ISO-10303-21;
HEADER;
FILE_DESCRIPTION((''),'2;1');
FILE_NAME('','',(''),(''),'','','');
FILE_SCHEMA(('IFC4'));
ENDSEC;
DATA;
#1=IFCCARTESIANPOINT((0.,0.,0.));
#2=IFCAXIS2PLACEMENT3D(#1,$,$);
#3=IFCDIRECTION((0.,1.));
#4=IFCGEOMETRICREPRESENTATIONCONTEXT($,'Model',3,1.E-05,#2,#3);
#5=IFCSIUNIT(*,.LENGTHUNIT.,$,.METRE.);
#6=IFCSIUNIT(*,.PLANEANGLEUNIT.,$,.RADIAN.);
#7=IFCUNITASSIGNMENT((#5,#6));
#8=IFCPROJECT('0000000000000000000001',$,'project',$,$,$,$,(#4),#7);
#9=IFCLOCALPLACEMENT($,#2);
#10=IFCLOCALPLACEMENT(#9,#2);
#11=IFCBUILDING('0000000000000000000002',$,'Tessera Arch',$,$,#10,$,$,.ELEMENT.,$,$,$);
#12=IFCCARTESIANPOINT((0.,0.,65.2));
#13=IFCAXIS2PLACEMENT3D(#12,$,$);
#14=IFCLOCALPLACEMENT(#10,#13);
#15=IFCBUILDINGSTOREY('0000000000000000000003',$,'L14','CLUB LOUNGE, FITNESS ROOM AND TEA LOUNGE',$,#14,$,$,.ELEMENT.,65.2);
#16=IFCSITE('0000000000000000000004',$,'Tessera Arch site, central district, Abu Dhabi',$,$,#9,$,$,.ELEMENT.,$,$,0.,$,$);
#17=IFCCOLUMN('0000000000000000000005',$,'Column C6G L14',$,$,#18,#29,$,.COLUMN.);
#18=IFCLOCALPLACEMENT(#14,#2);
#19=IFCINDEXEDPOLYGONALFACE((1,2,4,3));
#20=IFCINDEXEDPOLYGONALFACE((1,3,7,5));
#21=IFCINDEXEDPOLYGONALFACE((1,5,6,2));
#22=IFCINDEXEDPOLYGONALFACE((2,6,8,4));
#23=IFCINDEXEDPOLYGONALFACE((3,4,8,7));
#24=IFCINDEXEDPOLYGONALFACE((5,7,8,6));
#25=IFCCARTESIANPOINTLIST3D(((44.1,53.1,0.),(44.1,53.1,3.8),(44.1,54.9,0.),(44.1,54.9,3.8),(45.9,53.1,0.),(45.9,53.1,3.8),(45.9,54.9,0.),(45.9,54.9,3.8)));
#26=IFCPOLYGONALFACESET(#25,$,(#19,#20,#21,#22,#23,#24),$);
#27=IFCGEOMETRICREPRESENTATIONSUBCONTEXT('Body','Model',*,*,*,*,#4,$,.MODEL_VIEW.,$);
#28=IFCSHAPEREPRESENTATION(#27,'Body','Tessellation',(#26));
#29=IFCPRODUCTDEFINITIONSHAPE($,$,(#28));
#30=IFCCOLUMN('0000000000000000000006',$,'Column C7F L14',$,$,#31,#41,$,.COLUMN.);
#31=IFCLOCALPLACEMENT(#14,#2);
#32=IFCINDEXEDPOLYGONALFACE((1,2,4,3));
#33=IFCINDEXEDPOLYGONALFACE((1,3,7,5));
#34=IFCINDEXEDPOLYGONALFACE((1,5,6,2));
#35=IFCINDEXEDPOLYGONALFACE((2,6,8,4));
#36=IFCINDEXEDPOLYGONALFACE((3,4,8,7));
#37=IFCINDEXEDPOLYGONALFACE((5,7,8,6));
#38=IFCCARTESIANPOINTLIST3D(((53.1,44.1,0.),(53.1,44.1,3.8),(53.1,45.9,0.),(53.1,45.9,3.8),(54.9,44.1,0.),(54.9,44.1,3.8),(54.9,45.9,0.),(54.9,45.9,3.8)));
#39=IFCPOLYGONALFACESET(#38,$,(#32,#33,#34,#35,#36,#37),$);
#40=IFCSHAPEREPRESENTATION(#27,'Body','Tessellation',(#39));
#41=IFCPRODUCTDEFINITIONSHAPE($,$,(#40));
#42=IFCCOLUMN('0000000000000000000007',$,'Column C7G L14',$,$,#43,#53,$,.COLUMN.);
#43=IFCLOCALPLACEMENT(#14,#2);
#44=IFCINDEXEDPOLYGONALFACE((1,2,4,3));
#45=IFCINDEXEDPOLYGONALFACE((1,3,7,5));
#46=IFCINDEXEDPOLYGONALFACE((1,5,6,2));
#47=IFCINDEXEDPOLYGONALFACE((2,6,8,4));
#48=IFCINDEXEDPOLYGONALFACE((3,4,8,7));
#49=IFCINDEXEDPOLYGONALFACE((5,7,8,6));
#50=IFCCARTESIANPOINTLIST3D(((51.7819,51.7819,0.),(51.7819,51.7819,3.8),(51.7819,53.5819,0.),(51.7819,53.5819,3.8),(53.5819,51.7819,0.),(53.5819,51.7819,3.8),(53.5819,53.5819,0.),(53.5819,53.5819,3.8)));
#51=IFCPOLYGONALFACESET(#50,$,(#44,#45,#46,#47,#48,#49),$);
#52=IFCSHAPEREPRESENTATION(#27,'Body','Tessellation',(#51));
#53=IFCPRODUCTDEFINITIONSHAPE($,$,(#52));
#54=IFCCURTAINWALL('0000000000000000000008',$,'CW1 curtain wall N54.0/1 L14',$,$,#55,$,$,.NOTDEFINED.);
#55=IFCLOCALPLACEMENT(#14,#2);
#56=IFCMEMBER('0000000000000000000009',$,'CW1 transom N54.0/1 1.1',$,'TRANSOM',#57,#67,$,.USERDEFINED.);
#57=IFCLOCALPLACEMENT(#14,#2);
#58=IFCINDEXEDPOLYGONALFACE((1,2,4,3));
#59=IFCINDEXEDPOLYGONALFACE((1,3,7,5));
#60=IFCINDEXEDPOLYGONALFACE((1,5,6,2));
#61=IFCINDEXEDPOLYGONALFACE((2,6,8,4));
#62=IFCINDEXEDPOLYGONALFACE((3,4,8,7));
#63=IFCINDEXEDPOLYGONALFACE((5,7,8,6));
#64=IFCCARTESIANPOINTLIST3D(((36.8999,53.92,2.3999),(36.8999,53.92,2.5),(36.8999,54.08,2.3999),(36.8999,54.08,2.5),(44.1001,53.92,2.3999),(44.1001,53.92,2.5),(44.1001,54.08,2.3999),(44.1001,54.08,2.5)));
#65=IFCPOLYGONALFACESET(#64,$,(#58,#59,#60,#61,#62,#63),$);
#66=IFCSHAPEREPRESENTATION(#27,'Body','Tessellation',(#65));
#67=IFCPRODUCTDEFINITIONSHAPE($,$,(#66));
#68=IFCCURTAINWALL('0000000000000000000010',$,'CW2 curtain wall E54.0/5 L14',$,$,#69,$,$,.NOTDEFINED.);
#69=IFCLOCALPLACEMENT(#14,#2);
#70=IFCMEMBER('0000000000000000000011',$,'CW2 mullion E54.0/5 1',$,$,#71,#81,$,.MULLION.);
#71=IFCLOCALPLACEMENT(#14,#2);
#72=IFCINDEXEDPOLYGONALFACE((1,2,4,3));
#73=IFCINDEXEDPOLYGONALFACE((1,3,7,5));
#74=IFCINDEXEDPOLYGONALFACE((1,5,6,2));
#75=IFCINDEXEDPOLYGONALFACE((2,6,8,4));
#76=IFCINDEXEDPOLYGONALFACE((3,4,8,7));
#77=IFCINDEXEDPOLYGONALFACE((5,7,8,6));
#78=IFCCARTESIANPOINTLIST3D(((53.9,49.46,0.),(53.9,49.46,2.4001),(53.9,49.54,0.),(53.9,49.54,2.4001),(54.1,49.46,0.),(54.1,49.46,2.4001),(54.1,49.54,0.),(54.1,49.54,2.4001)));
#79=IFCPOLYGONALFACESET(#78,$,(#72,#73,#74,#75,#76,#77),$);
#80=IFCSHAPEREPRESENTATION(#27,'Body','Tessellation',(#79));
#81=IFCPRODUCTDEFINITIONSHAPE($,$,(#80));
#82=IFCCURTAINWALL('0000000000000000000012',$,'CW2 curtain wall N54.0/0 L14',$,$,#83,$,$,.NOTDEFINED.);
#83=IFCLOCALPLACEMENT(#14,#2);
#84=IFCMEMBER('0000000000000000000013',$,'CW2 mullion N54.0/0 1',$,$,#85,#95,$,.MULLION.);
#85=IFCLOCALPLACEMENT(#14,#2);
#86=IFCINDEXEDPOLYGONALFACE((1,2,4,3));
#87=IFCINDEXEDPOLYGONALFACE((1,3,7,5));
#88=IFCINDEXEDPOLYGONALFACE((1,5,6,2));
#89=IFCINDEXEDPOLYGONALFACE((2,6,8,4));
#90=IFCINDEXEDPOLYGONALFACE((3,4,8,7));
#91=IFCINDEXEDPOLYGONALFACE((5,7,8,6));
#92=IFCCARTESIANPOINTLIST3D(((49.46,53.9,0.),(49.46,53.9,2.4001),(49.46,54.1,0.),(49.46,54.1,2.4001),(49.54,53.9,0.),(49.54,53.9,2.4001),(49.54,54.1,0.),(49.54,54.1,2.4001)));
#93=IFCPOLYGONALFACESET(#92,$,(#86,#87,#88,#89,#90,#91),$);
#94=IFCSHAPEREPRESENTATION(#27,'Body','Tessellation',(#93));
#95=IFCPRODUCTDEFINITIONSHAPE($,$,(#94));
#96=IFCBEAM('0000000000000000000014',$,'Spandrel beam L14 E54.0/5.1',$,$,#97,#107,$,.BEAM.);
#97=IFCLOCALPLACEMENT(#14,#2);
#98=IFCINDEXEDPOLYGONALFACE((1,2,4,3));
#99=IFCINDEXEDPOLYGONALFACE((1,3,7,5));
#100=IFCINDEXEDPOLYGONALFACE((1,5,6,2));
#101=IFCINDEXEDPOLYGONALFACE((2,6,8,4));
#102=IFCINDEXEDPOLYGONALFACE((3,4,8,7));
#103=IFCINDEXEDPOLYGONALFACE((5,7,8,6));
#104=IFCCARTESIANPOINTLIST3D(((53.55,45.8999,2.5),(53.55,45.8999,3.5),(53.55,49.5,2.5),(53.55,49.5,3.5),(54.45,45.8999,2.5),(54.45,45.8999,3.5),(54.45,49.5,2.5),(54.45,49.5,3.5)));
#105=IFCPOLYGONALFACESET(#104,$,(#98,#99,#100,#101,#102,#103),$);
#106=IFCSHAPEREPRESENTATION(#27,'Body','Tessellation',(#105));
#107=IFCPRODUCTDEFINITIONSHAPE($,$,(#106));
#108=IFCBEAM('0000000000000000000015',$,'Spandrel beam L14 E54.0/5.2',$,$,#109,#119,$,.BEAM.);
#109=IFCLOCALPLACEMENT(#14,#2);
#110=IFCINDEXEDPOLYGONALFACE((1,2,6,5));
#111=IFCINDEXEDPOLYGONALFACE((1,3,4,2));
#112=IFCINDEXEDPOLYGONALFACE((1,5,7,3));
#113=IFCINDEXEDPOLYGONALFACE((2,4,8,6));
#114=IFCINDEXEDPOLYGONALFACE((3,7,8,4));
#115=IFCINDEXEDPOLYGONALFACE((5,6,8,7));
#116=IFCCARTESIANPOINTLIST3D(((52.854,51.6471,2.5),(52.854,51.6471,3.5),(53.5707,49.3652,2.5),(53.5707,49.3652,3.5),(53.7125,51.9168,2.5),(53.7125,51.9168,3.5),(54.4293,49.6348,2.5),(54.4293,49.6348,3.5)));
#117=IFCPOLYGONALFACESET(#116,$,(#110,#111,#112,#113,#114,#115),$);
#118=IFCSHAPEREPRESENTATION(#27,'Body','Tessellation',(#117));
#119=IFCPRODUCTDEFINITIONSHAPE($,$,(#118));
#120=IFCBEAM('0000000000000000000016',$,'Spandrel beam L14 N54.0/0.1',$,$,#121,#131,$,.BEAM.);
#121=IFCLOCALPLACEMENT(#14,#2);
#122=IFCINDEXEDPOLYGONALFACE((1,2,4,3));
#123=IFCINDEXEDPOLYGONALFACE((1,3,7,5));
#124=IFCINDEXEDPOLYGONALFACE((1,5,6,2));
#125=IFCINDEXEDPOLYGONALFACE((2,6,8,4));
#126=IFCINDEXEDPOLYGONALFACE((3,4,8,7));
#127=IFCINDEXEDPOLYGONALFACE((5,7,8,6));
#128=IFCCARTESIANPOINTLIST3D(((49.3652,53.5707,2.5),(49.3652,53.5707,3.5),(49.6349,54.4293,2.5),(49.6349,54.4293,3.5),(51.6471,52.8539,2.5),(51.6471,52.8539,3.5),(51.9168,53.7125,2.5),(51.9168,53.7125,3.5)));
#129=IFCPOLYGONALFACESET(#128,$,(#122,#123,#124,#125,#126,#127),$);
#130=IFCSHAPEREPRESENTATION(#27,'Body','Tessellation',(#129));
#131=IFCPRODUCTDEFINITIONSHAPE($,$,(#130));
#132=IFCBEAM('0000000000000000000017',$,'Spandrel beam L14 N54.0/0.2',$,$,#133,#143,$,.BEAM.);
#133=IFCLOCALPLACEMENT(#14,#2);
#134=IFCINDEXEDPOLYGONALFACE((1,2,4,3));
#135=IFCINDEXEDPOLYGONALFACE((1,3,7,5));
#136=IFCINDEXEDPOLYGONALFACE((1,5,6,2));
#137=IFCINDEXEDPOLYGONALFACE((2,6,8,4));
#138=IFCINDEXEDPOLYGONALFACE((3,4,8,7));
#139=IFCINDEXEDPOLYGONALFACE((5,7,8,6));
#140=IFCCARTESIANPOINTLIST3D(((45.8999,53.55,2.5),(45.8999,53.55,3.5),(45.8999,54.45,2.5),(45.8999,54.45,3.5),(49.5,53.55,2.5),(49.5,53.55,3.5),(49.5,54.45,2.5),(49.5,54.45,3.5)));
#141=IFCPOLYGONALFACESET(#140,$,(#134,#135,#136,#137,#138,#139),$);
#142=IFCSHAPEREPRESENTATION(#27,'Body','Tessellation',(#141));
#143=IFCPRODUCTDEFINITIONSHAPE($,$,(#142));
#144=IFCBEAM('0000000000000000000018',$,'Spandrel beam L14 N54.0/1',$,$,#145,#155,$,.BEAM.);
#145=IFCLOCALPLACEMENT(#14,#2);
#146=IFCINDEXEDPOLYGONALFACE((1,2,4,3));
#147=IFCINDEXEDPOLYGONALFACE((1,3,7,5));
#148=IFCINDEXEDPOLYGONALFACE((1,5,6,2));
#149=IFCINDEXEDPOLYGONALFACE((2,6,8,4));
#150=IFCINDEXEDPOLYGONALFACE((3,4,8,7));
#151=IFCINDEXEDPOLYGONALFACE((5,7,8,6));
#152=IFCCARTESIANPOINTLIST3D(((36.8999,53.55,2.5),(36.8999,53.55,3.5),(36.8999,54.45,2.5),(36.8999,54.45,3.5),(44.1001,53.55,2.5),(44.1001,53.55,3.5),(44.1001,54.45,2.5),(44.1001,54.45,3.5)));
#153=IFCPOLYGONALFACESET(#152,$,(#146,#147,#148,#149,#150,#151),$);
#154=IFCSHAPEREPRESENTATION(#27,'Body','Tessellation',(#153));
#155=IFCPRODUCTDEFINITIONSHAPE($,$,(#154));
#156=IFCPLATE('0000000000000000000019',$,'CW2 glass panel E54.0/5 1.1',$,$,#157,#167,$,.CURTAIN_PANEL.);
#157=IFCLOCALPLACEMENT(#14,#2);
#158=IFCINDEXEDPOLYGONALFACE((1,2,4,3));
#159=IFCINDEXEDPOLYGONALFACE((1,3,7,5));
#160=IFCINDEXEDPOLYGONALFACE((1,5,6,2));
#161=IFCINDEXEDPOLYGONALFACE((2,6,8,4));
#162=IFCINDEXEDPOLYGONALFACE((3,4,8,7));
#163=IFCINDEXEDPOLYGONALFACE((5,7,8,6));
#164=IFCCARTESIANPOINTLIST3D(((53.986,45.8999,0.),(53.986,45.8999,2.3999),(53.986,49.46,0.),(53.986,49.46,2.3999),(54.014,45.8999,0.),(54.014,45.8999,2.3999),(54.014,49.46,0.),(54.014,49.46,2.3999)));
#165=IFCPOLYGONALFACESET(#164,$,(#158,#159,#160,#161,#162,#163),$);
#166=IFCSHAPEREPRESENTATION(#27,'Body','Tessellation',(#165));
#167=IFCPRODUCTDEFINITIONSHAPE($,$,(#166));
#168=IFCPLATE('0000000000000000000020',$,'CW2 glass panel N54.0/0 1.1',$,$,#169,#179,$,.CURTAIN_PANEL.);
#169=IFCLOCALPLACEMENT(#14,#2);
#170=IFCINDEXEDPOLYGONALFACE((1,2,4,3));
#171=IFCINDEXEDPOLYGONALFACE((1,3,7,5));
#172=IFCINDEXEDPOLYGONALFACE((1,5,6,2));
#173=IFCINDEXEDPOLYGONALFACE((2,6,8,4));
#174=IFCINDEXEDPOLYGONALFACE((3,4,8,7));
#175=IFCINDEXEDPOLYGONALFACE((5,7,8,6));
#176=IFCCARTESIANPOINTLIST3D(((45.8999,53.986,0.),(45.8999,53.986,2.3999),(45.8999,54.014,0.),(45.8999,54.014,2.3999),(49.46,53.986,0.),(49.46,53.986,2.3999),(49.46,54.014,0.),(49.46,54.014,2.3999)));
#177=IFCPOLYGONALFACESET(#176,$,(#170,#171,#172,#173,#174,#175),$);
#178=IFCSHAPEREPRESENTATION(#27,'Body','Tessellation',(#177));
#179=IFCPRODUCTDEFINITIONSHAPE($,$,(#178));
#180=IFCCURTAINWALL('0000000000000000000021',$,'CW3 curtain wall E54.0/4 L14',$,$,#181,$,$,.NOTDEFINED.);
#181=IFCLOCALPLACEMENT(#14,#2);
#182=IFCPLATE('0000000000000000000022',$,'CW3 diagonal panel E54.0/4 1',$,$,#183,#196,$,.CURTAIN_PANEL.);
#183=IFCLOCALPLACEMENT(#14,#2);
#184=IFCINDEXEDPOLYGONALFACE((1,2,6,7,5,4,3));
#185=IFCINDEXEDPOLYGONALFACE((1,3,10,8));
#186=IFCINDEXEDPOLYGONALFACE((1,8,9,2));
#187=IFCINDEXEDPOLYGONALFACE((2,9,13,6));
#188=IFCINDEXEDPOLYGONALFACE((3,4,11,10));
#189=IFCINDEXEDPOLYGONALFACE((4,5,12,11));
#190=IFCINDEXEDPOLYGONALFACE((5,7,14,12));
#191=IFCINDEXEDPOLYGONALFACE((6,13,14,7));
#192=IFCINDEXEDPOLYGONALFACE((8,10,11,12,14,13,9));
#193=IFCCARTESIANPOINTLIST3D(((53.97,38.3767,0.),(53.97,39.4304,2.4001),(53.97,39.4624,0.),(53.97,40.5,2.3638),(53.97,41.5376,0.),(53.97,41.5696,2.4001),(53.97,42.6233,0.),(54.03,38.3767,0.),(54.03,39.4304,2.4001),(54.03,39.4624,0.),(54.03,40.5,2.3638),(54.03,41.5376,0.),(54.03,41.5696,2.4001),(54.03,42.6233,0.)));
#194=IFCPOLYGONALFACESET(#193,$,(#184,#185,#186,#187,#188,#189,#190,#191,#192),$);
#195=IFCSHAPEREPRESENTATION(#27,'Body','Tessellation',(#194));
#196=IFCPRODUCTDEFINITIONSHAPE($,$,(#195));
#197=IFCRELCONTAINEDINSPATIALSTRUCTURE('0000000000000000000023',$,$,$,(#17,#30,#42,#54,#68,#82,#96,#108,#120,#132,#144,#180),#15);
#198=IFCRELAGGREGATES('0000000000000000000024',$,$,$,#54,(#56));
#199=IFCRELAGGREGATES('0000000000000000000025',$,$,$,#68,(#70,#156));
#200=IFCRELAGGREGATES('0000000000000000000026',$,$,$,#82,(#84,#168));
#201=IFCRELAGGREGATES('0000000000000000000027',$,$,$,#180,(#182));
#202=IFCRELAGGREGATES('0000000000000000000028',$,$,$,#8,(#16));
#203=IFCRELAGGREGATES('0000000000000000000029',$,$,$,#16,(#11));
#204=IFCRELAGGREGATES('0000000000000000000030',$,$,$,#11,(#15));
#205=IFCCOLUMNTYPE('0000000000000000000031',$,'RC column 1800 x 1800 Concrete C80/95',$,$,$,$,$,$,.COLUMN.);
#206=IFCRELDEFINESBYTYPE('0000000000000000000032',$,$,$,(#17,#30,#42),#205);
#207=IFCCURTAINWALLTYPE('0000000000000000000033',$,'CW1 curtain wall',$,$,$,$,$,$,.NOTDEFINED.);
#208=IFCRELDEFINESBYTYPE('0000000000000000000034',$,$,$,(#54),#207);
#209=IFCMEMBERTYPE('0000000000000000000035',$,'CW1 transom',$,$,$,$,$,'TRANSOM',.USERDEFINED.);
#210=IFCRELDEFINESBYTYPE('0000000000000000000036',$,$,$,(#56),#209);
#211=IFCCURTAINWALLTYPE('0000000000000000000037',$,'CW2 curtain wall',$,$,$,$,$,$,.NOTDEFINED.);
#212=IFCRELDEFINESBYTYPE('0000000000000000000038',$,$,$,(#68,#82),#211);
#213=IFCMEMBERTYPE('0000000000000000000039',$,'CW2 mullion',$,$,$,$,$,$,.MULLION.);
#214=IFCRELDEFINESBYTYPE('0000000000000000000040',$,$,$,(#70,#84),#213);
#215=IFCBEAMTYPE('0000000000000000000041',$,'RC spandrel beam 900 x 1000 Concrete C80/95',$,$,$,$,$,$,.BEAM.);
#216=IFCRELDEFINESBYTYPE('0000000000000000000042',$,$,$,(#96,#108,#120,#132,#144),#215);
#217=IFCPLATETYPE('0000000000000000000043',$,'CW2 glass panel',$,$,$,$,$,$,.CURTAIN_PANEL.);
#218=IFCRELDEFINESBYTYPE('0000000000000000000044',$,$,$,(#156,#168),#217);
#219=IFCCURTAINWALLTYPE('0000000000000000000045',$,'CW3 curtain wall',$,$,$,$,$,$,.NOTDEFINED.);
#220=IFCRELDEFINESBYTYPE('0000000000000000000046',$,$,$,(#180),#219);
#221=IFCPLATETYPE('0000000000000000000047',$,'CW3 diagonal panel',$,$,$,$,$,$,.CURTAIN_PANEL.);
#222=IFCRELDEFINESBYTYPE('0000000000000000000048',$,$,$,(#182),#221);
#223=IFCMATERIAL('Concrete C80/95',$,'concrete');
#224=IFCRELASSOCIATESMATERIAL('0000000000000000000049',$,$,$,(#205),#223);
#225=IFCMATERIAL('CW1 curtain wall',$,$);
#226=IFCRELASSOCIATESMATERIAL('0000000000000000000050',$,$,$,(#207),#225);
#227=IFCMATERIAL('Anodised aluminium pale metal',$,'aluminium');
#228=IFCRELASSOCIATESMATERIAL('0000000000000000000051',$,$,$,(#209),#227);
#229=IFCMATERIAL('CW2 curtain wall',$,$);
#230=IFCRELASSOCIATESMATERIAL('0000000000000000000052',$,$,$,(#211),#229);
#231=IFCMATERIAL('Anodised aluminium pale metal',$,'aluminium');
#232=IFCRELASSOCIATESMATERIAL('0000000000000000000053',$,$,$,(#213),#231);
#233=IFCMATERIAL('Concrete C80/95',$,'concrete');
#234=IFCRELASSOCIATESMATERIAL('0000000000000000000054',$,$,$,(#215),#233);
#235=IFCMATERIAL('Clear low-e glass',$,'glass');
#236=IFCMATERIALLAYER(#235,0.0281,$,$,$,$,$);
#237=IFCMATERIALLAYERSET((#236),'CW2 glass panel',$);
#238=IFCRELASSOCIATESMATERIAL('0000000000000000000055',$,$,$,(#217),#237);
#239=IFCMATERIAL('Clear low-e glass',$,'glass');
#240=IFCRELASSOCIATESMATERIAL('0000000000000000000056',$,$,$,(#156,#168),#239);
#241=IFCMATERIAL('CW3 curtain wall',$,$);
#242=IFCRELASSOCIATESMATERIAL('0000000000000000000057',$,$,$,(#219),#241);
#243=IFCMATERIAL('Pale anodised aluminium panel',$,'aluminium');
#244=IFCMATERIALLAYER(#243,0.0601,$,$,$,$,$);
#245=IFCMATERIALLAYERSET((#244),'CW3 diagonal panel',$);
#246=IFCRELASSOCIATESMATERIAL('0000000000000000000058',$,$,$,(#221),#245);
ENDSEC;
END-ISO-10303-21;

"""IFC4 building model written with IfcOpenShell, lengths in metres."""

from ifc_helpers import new_model, si_unit, direction, frame, origin, origin_2d, place, context, subcontext, project, spatial, polyline, rectangle, outline, extrude, material, layer, layer_set, material_profile, profile_set, type_object, element, aggregate, save


model = new_model("IFC4")

# Units and contexts
model_context = context("Model", 3, precision=1e-05, world=origin(), true_north=direction((0.0, 1.0)))
body_context = subcontext(model_context, "Body", "Model", "MODEL_VIEW")
ifc_project = project(units=[si_unit("LENGTHUNIT", "METRE"), si_unit("PLANEANGLEUNIT", "RADIAN")], contexts=[model_context])

# Site, building, storey
site_placement = place(None, origin())
site = spatial("IfcSite", under=ifc_project, at=site_placement, Name="Tessera Arch site, central district, Abu Dhabi", CompositionType="ELEMENT", RefElevation=0.0)
building_placement = place(site_placement, origin())
building = spatial("IfcBuilding", under=site, at=building_placement, Name="Tessera Arch", CompositionType="ELEMENT")
storey_placement = place(building_placement, frame((0.0, 0.0, 65.2)))
storey = spatial("IfcBuildingStorey", under=building, at=storey_placement, Name="L14", Description="CLUB LOUNGE, FITNESS ROOM AND TEA LOUNGE", CompositionType="ELEMENT", Elevation=65.2)

# Columns
ifc_material_1 = material(Name="Concrete C80/95", Category="concrete")
ifc_material_profile_1 = material_profile(ifc_material_1, rectangle(XDim=1.8, YDim=1.8, at=origin_2d()), Name="RC column 1800 x 1800 Concrete C80/95")
ifc_profile_set_1 = profile_set([ifc_material_profile_1], Name="Concrete C80/95")
column_type = type_object("IfcColumnType", Name="RC column 1800 x 1800 Concrete C80/95", PredefinedType="COLUMN", material=ifc_profile_set_1)
for number, where, z_axis, x_axis, name in (
    (1, (45.0, 54.0, 0.0), (0.0, 0.0, 1.0), (1.0, 0.0, 0.0), "Column C6G L14"),
    (2, (54.0, 45.0, 0.0), (0.0, 0.0, 1.0), (1.0, 0.0, 0.0), "Column C7F L14"),
    (3, (52.6819, 52.6819, 0.0), (0.0, 0.0, 1.0), (1.0, 0.0, 0.0), "Column C7G L14"),
):
    element("IfcColumn", number, at=place(storey_placement, frame(where, z_axis=z_axis, x_axis=x_axis)), inside=storey, type_object=column_type, Name=name, PredefinedType="COLUMN", context=body_context, shape_type="SweptSolid", body=[
        extrude(rectangle(XDim=1.8, YDim=1.8, at=origin_2d()), origin(), (0.0, 0.0, 1.0), 3.8),
    ])

# Curtain walls, members
ifc_material_2 = material(Name="CW1 curtain wall")
curtain_wall_type_1 = type_object("IfcCurtainWallType", Name="CW1 curtain wall", PredefinedType="NOTDEFINED", material=ifc_material_2)
curtain_wall_1_placement = place(storey_placement, origin())
curtain_wall_1 = element("IfcCurtainWall", 4, at=curtain_wall_1_placement, inside=storey, type_object=curtain_wall_type_1, Name="CW1 curtain wall N54.0/1 L14", PredefinedType="NOTDEFINED")
ifc_material_3 = material(Name="Anodised aluminium pale metal", Category="aluminium")
ifc_material_profile_2 = material_profile(ifc_material_3, rectangle(XDim=0.1599, YDim=0.1001, at=origin_2d()), Name="AL 160x100")
ifc_profile_set_2 = profile_set([ifc_material_profile_2], Name="Anodised aluminium pale metal")
member_type_1 = type_object("IfcMemberType", Name="CW1 transom", ElementType="TRANSOM", PredefinedType="USERDEFINED", material=ifc_profile_set_2)
member_1_placement = place(storey_placement, frame((44.1001, 54.0, 2.45), z_axis=(-1.0, 0.0, 0.0), x_axis=(0.0, -1.0, 0.0)))
member_1 = element("IfcMember", 5, at=member_1_placement, type_object=member_type_1, Name="CW1 transom N54.0/1 1.1", ObjectType="TRANSOM", PredefinedType="USERDEFINED", context=body_context, shape_type="SweptSolid", body=[
    extrude(rectangle(XDim=0.1599, YDim=0.1001, at=origin_2d()), origin(), (0.0, 0.0, 1.0), 7.2002),
])
aggregate(curtain_wall_1, [member_1])
ifc_material_4 = material(Name="CW2 curtain wall")
curtain_wall_type_2 = type_object("IfcCurtainWallType", Name="CW2 curtain wall", PredefinedType="NOTDEFINED", material=ifc_material_4)
curtain_wall_2_placement = place(storey_placement, origin())
curtain_wall_2 = element("IfcCurtainWall", 6, at=curtain_wall_2_placement, inside=storey, type_object=curtain_wall_type_2, Name="CW2 curtain wall E54.0/5 L14", PredefinedType="NOTDEFINED")
ifc_material_5 = material(Name="Anodised aluminium pale metal", Category="aluminium")
ifc_material_profile_3 = material_profile(ifc_material_5, rectangle(XDim=0.2, YDim=0.0801, at=origin_2d()), Name="AL 80x200")
ifc_profile_set_3 = profile_set([ifc_material_profile_3], Name="Anodised aluminium pale metal")
member_type_2 = type_object("IfcMemberType", Name="CW2 mullion", PredefinedType="MULLION", material=ifc_profile_set_3)
member_2_placement = place(storey_placement, frame((54.0, 49.5, 0.0), z_axis=(0.0, 0.0, 1.0), x_axis=(-1.0, 0.0, 0.0)))
member_2 = element("IfcMember", 7, at=member_2_placement, type_object=member_type_2, Name="CW2 mullion E54.0/5 1", PredefinedType="MULLION", context=body_context, shape_type="SweptSolid", body=[
    extrude(rectangle(XDim=0.2, YDim=0.0801, at=origin_2d()), origin(), (0.0, 0.0, 1.0), 2.4001),
])
curtain_wall_3_placement = place(storey_placement, origin())
curtain_wall_3 = element("IfcCurtainWall", 8, at=curtain_wall_3_placement, inside=storey, type_object=curtain_wall_type_2, Name="CW2 curtain wall N54.0/0 L14", PredefinedType="NOTDEFINED")
member_3_placement = place(storey_placement, frame((49.5, 54.0, 0.0), z_axis=(0.0, 0.0, 1.0), x_axis=(0.0, -1.0, 0.0)))
member_3 = element("IfcMember", 9, at=member_3_placement, type_object=member_type_2, Name="CW2 mullion N54.0/0 1", PredefinedType="MULLION", context=body_context, shape_type="SweptSolid", body=[
    extrude(rectangle(XDim=0.2, YDim=0.0801, at=origin_2d()), origin(), (0.0, 0.0, 1.0), 2.4001),
])

# Beams
ifc_material_6 = material(Name="Concrete C80/95", Category="concrete")
ifc_material_profile_4 = material_profile(ifc_material_6, rectangle(XDim=0.8999, YDim=1.0, at=origin_2d()), Name="RC spandrel beam 900 x 1000 Concrete C80/95")
ifc_profile_set_4 = profile_set([ifc_material_profile_4], Name="Concrete C80/95")
beam_type = type_object("IfcBeamType", Name="RC spandrel beam 900 x 1000 Concrete C80/95", PredefinedType="BEAM", material=ifc_profile_set_4)
beam_1_placement = place(storey_placement, frame((54.0, 45.8999, 3.0), z_axis=(0.0, 1.0, 0.0), x_axis=(-1.0, 0.0, 0.0)))
element("IfcBeam", 10, at=beam_1_placement, inside=storey, type_object=beam_type, Name="Spandrel beam L14 E54.0/5.1", PredefinedType="BEAM", context=body_context, shape_type="SweptSolid", body=[
    extrude(rectangle(XDim=0.8999, YDim=1.0, at=origin_2d()), origin(), (0.0, 0.0, 1.0), 3.6001),
])
for number, where, z_axis, x_axis, name in (
    (11, (54.0, 49.5, 3.0), (-0.299675, 0.954041, 0.0), (-0.954041, -0.299675, 0.0), "Spandrel beam L14 E54.0/5.2"),
    (12, (51.782, 53.2832, 3.0), (-0.954041, 0.299675, 0.0), (-0.299675, -0.954041, 0.0), "Spandrel beam L14 N54.0/0.1"),
):
    element("IfcBeam", number, at=place(storey_placement, frame(where, z_axis=z_axis, x_axis=x_axis)), inside=storey, type_object=beam_type, Name=name, PredefinedType="BEAM", context=body_context, shape_type="SweptSolid", body=[
        extrude(rectangle(XDim=0.8999, YDim=1.0, at=origin_2d()), origin(), (0.0, 0.0, 1.0), 2.3918),
    ])
beam_2_placement = place(storey_placement, frame((49.5, 54.0, 3.0), z_axis=(-1.0, 0.0, 0.0), x_axis=(0.0, -1.0, 0.0)))
element("IfcBeam", 13, at=beam_2_placement, inside=storey, type_object=beam_type, Name="Spandrel beam L14 N54.0/0.2", PredefinedType="BEAM", context=body_context, shape_type="SweptSolid", body=[
    extrude(rectangle(XDim=0.8999, YDim=1.0, at=origin_2d()), origin(), (0.0, 0.0, 1.0), 3.6001),
])
beam_3_placement = place(storey_placement, frame((44.1001, 54.0, 3.0), z_axis=(-1.0, 0.0, 0.0), x_axis=(0.0, -1.0, 0.0)))
element("IfcBeam", 14, at=beam_3_placement, inside=storey, type_object=beam_type, Name="Spandrel beam L14 N54.0/1", PredefinedType="BEAM", context=body_context, shape_type="SweptSolid", body=[
    extrude(rectangle(XDim=0.8999, YDim=1.0, at=origin_2d()), origin(), (0.0, 0.0, 1.0), 7.2002),
])

# Plates
ifc_material_7 = material(Name="Clear low-e glass", Category="glass")
ifc_material_8 = material(Name="Clear low-e glass", Category="glass")
ifc_layer_1 = layer(ifc_material_8, 0.0281)
ifc_layer_set_1 = layer_set([ifc_layer_1], Name="CW2 glass panel")
plate_type_1 = type_object("IfcPlateType", Name="CW2 glass panel", PredefinedType="CURTAIN_PANEL", material=ifc_layer_set_1)
plate_1_placement = place(storey_placement, frame((54.0, 47.6799, 0.0), z_axis=(0.0, 0.0, 1.0), x_axis=(0.0, 1.0, 0.0)))
plate_1 = element("IfcPlate", 15, at=plate_1_placement, type_object=plate_type_1, material=ifc_material_7, Name="CW2 glass panel E54.0/5 1.1", PredefinedType="CURTAIN_PANEL", context=body_context, shape_type="SweptSolid", body=[
    extrude(rectangle(XDim=3.5601, YDim=0.0281, at=origin_2d()), origin(), (0.0, 0.0, 1.0), 2.3999),
])
aggregate(curtain_wall_2, [member_2, plate_1])
plate_2_placement = place(storey_placement, frame((47.6799, 54.0, 0.0), z_axis=(0.0, 0.0, 1.0), x_axis=(-1.0, 0.0, 0.0)))
plate_2 = element("IfcPlate", 16, at=plate_2_placement, type_object=plate_type_1, material=ifc_material_7, Name="CW2 glass panel N54.0/0 1.1", PredefinedType="CURTAIN_PANEL", context=body_context, shape_type="SweptSolid", body=[
    extrude(rectangle(XDim=3.5601, YDim=0.0281, at=origin_2d()), origin(), (0.0, 0.0, 1.0), 2.3999),
])
aggregate(curtain_wall_3, [member_3, plate_2])

# Curtain wall, plate
ifc_material_9 = material(Name="CW3 curtain wall")
curtain_wall_type_3 = type_object("IfcCurtainWallType", Name="CW3 curtain wall", PredefinedType="NOTDEFINED", material=ifc_material_9)
curtain_wall_4_placement = place(storey_placement, origin())
curtain_wall_4 = element("IfcCurtainWall", 17, at=curtain_wall_4_placement, inside=storey, type_object=curtain_wall_type_3, Name="CW3 curtain wall E54.0/4 L14", PredefinedType="NOTDEFINED")
ifc_material_10 = material(Name="Pale anodised aluminium panel", Category="aluminium")
ifc_layer_2 = layer(ifc_material_10, 0.0601)
ifc_layer_set_2 = layer_set([ifc_layer_2], Name="CW3 diagonal panel")
plate_type_2 = type_object("IfcPlateType", Name="CW3 diagonal panel", PredefinedType="CURTAIN_PANEL", material=ifc_layer_set_2)
plate_3_placement = place(storey_placement, frame((54.03, 41.5696, 2.4001), z_axis=(1.0, 0.0, 0.0), x_axis=(0.0, -1.0, 0.0)))
plate_3 = element("IfcPlate", 18, at=plate_3_placement, type_object=plate_type_2, Name="CW3 diagonal panel E54.0/4 1", PredefinedType="CURTAIN_PANEL", context=body_context, shape_type="SweptSolid", body=[
    extrude(outline(polyline([(0.0, 0.0), (2.1392, 0.0), (3.1929, 2.4001), (2.1072, 2.4001), (1.0696, 0.0364), (0.032, 2.4001), (-1.0537, 2.4001), (0.0, 0.0)])), origin(), (0.0, 0.0, -1.0), 0.0601),
])
aggregate(curtain_wall_4, [plate_3])

save(model, "model.ifc")
